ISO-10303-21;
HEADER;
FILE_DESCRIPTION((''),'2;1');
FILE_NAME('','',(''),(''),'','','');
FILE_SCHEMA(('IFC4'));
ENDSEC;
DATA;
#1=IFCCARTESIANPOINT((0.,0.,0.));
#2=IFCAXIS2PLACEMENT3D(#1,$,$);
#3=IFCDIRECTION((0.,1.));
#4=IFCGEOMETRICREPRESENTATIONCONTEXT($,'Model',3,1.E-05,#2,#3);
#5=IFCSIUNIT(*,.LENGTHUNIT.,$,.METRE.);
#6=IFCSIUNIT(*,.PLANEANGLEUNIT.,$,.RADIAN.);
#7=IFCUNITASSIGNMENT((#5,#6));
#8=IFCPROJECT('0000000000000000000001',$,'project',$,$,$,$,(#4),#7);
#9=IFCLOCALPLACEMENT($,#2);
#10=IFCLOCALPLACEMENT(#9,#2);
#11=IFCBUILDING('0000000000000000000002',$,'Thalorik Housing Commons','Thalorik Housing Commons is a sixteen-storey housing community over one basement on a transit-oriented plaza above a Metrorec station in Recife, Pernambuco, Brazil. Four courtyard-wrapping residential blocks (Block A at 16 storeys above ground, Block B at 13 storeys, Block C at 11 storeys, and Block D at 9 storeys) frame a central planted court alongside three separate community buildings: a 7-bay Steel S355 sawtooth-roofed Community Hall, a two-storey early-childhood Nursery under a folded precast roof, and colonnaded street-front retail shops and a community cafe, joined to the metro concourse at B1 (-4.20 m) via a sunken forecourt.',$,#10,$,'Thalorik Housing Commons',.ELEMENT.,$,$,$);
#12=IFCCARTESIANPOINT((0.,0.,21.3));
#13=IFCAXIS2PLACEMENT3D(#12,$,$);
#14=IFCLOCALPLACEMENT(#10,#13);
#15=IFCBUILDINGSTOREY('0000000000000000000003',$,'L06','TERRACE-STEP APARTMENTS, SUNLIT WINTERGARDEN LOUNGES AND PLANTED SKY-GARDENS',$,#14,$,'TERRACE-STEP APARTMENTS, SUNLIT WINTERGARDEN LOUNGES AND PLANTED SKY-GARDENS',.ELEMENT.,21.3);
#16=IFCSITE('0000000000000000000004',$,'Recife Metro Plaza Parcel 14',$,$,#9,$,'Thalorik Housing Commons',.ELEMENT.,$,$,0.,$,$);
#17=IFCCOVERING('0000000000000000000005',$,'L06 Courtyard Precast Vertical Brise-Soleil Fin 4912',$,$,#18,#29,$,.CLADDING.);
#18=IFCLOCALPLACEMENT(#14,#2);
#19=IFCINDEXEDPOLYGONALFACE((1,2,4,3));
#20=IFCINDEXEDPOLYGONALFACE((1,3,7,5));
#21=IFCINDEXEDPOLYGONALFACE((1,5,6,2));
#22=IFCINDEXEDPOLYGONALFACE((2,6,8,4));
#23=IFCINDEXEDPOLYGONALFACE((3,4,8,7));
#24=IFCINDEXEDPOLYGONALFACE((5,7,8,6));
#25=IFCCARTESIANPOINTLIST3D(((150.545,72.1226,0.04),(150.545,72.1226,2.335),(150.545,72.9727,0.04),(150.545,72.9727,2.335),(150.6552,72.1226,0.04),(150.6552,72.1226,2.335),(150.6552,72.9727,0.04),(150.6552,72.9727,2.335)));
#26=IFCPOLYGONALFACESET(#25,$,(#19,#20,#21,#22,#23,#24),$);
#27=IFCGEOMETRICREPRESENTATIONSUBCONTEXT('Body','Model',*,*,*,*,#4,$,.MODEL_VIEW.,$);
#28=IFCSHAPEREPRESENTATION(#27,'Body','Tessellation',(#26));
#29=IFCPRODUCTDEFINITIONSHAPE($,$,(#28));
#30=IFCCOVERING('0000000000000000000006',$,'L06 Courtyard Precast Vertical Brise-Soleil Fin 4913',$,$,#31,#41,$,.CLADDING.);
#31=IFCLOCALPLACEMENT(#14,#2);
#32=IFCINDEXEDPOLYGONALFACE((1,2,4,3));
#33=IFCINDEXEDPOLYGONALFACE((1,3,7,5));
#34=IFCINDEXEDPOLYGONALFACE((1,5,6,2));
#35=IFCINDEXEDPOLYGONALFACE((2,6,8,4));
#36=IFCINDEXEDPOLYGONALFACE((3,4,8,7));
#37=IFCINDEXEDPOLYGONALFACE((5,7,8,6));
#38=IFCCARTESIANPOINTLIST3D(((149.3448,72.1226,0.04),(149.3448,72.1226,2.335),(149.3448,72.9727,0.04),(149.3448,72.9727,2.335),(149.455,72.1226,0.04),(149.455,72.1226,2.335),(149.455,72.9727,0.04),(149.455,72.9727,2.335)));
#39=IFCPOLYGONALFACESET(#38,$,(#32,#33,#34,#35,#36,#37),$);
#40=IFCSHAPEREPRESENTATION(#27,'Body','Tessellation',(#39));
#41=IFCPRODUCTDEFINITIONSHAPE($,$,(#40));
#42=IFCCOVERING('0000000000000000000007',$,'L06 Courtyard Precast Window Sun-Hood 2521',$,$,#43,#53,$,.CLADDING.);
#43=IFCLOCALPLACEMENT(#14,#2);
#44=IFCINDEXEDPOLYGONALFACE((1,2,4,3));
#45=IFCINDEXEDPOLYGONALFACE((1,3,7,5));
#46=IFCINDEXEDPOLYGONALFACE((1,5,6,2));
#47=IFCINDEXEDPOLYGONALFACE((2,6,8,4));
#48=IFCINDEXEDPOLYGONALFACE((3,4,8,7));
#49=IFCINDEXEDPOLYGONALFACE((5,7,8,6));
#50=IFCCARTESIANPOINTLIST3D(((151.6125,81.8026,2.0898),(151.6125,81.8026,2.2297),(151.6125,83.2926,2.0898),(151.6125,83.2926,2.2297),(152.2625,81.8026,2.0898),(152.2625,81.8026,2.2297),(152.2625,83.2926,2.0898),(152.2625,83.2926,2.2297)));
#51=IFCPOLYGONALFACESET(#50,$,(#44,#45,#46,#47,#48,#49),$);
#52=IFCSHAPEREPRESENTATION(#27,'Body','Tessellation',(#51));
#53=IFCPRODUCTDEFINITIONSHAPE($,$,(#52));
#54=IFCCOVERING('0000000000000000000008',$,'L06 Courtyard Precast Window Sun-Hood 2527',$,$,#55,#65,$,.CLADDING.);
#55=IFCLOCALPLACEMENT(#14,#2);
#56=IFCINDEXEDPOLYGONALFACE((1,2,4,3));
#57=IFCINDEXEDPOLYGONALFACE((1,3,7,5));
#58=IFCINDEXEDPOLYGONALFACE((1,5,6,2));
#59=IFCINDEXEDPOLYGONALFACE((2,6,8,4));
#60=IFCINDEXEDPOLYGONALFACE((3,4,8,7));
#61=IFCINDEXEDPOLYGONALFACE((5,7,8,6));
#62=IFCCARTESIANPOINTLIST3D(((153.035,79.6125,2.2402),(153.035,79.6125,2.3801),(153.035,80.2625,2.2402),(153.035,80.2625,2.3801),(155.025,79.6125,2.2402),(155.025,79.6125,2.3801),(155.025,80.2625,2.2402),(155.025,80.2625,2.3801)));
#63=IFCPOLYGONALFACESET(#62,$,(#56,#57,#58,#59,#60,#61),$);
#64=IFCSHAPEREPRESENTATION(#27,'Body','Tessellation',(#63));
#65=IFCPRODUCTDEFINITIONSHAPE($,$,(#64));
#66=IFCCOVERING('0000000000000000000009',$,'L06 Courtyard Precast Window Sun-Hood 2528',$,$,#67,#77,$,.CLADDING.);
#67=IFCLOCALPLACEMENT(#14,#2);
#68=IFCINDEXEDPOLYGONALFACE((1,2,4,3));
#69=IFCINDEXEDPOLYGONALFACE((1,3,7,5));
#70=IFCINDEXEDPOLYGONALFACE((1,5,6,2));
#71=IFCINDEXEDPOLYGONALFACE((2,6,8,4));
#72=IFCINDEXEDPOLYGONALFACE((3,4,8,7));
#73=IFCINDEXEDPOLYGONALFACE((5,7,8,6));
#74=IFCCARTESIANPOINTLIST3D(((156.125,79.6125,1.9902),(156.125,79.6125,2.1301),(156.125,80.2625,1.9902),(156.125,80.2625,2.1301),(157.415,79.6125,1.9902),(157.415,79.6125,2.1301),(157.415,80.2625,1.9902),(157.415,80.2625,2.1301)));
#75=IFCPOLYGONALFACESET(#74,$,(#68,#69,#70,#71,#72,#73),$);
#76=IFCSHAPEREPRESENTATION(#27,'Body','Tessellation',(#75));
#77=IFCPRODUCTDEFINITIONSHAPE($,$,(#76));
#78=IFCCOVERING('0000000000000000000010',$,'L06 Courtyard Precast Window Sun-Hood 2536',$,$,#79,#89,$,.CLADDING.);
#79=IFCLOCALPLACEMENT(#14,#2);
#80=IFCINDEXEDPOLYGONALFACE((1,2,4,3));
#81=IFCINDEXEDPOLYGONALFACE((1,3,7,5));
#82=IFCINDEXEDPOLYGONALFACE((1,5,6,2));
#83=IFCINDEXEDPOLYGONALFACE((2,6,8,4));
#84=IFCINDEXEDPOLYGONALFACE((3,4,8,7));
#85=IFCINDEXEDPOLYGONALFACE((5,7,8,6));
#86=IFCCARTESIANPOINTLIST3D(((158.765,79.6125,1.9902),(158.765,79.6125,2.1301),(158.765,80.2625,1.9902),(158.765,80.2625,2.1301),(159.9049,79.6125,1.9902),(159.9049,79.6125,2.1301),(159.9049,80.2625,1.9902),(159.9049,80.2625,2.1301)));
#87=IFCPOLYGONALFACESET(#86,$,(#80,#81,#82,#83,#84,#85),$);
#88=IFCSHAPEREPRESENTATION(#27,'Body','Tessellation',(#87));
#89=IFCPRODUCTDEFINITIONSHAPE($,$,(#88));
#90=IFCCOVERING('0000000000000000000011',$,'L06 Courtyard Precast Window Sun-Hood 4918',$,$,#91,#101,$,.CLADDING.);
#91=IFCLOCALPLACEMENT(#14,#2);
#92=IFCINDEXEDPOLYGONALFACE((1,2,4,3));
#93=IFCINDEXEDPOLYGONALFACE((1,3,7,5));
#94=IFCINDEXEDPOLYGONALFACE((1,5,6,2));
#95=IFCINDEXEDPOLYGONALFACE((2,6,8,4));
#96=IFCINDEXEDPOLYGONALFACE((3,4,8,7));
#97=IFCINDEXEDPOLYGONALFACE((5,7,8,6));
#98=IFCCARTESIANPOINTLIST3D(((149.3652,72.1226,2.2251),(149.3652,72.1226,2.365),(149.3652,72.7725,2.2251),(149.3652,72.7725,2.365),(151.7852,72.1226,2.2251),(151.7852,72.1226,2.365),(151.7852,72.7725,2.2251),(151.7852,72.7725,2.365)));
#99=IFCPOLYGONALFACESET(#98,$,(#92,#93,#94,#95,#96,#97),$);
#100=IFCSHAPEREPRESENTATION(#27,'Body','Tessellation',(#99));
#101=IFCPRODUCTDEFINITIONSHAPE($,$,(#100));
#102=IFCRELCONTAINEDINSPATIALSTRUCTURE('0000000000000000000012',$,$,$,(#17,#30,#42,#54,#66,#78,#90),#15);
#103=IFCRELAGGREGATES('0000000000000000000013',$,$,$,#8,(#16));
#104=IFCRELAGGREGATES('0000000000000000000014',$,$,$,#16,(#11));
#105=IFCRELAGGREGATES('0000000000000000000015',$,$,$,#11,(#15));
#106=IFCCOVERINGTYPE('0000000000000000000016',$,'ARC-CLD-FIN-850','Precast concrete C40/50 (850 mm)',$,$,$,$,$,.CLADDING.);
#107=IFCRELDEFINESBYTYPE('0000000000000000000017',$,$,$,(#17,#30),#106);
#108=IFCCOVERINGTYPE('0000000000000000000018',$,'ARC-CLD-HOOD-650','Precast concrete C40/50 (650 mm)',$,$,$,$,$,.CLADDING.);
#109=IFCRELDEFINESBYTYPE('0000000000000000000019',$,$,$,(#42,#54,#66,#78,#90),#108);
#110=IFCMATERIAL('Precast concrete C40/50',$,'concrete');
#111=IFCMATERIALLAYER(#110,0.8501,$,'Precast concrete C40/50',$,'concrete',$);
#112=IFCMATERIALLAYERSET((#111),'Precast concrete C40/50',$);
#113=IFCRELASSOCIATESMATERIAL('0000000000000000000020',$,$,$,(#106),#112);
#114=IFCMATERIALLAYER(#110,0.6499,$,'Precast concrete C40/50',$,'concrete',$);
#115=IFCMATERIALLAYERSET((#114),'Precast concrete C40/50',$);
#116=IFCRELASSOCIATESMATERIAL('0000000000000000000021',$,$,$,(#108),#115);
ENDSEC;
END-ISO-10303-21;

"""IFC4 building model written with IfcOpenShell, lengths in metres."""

from ifc_helpers import new_model, si_unit, direction, frame, origin, origin_2d, place, context, subcontext, project, spatial, rectangle, extrude, material, layer, layer_set, type_object, element, save


model = new_model("IFC4")

# Units and contexts
model_context = context("Model", 3, precision=1e-05, world=origin(), true_north=direction((0.0, 1.0)))
body_context = subcontext(model_context, "Body", "Model", "MODEL_VIEW")
ifc_project = project(units=[si_unit("LENGTHUNIT", "METRE"), si_unit("PLANEANGLEUNIT", "RADIAN")], contexts=[model_context])

# Site, building, storey
site_placement = place(None, origin())
site = spatial("IfcSite", under=ifc_project, at=site_placement, Name="Recife Metro Plaza Parcel 14", LongName="Thalorik Housing Commons", CompositionType="ELEMENT", RefElevation=0.0)
building_placement = place(site_placement, origin())
building = spatial("IfcBuilding", under=site, at=building_placement, Name="Thalorik Housing Commons", Description="Thalorik Housing Commons is a sixteen-storey housing community over one basement on a transit-oriented plaza above a Metrorec station in Recife, Pernambuco, Brazil. Four courtyard-wrapping residential blocks (Block A at 16 storeys above ground, Block B at 13 storeys, Block C at 11 storeys, and Block D at 9 storeys) frame a central planted court alongside three separate community buildings: a 7-bay Steel S355 sawtooth-roofed Community Hall, a two-storey early-childhood Nursery under a folded precast roof, and colonnaded street-front retail shops and a community cafe, joined to the metro concourse at B1 (-4.20 m) via a sunken forecourt.", LongName="Thalorik Housing Commons", CompositionType="ELEMENT")
storey_placement = place(building_placement, frame((0.0, 0.0, 21.3)))
storey = spatial("IfcBuildingStorey", under=building, at=storey_placement, Name="L06", Description="TERRACE-STEP APARTMENTS, SUNLIT WINTERGARDEN LOUNGES AND PLANTED SKY-GARDENS", LongName="TERRACE-STEP APARTMENTS, SUNLIT WINTERGARDEN LOUNGES AND PLANTED SKY-GARDENS", CompositionType="ELEMENT", Elevation=21.3)

# Shared definitions
ifc_material_1 = material(Name="Precast concrete C40/50", Category="concrete")

# Coverings
ifc_layer_1 = layer(ifc_material_1, 0.8501, Name="Precast concrete C40/50", Category="concrete")
ifc_layer_set_1 = layer_set([ifc_layer_1], Name="Precast concrete C40/50")
covering_type_1 = type_object("IfcCoveringType", Name="ARC-CLD-FIN-850", Description="Precast concrete C40/50 (850 mm)", PredefinedType="CLADDING", material=ifc_layer_set_1)
for number, where, z_axis, x_axis, name in (
    (1, (150.6001, 72.5476, 0.04), (0.0, 0.0, 1.0), (-1.0, 0.0, 0.0), "L06 Courtyard Precast Vertical Brise-Soleil Fin 4912"),
    (2, (149.3999, 72.5476, 0.04), (0.0, 0.0, 1.0), (-1.0, 0.0, 0.0), "L06 Courtyard Precast Vertical Brise-Soleil Fin 4913"),
):
    element("IfcCovering", number, at=place(storey_placement, frame(where, z_axis=z_axis, x_axis=x_axis)), inside=storey, type_object=covering_type_1, Name=name, PredefinedType="CLADDING", context=body_context, shape_type="SweptSolid", body=[
        extrude(rectangle(XDim=0.1101, YDim=0.8501, at=origin_2d()), origin(), (0.0, 0.0, 1.0), 2.2949),
    ])
ifc_layer_2 = layer(ifc_material_1, 0.6499, Name="Precast concrete C40/50", Category="concrete")
ifc_layer_set_2 = layer_set([ifc_layer_2], Name="Precast concrete C40/50")
covering_type_2 = type_object("IfcCoveringType", Name="ARC-CLD-HOOD-650", Description="Precast concrete C40/50 (650 mm)", PredefinedType="CLADDING", material=ifc_layer_set_2)
covering_1_placement = place(storey_placement, frame((151.9375, 82.5476, 2.0898), z_axis=(0.0, 0.0, 1.0), x_axis=(0.0, -1.0, 0.0)))
element("IfcCovering", 3, at=covering_1_placement, inside=storey, type_object=covering_type_2, Name="L06 Courtyard Precast Window Sun-Hood 2521", PredefinedType="CLADDING", context=body_context, shape_type="SweptSolid", body=[
    extrude(rectangle(XDim=1.49, YDim=0.6499, at=origin_2d()), origin(), (0.0, 0.0, 1.0), 0.1399),
])
covering_2_placement = place(storey_placement, frame((154.03, 79.9375, 2.2402), z_axis=(0.0, 0.0, 1.0), x_axis=(1.0, 0.0, 0.0)))
element("IfcCovering", 4, at=covering_2_placement, inside=storey, type_object=covering_type_2, Name="L06 Courtyard Precast Window Sun-Hood 2527", PredefinedType="CLADDING", context=body_context, shape_type="SweptSolid", body=[
    extrude(rectangle(XDim=1.99, YDim=0.6499, at=origin_2d()), origin(), (0.0, 0.0, 1.0), 0.1399),
])
covering_3_placement = place(storey_placement, frame((156.77, 79.9375, 1.9902), z_axis=(0.0, 0.0, 1.0), x_axis=(1.0, 0.0, 0.0)))
element("IfcCovering", 5, at=covering_3_placement, inside=storey, type_object=covering_type_2, Name="L06 Courtyard Precast Window Sun-Hood 2528", PredefinedType="CLADDING", context=body_context, shape_type="SweptSolid", body=[
    extrude(rectangle(XDim=1.29, YDim=0.6499, at=origin_2d()), origin(), (0.0, 0.0, 1.0), 0.1399),
])
covering_4_placement = place(storey_placement, frame((159.335, 79.9375, 1.9902), z_axis=(0.0, 0.0, 1.0), x_axis=(1.0, 0.0, 0.0)))
element("IfcCovering", 6, at=covering_4_placement, inside=storey, type_object=covering_type_2, Name="L06 Courtyard Precast Window Sun-Hood 2536", PredefinedType="CLADDING", context=body_context, shape_type="SweptSolid", body=[
    extrude(rectangle(XDim=1.1399, YDim=0.6499, at=origin_2d()), origin(), (0.0, 0.0, 1.0), 0.1399),
])
covering_5_placement = place(storey_placement, frame((150.5752, 72.4475, 2.2251), z_axis=(0.0, 0.0, 1.0), x_axis=(-1.0, 0.0, 0.0)))
element("IfcCovering", 7, at=covering_5_placement, inside=storey, type_object=covering_type_2, Name="L06 Courtyard Precast Window Sun-Hood 4918", PredefinedType="CLADDING", context=body_context, shape_type="SweptSolid", body=[
    extrude(rectangle(XDim=2.4199, YDim=0.6499, at=origin_2d()), origin(), (0.0, 0.0, 1.0), 0.1399),
])

save(model, "model.ifc")
